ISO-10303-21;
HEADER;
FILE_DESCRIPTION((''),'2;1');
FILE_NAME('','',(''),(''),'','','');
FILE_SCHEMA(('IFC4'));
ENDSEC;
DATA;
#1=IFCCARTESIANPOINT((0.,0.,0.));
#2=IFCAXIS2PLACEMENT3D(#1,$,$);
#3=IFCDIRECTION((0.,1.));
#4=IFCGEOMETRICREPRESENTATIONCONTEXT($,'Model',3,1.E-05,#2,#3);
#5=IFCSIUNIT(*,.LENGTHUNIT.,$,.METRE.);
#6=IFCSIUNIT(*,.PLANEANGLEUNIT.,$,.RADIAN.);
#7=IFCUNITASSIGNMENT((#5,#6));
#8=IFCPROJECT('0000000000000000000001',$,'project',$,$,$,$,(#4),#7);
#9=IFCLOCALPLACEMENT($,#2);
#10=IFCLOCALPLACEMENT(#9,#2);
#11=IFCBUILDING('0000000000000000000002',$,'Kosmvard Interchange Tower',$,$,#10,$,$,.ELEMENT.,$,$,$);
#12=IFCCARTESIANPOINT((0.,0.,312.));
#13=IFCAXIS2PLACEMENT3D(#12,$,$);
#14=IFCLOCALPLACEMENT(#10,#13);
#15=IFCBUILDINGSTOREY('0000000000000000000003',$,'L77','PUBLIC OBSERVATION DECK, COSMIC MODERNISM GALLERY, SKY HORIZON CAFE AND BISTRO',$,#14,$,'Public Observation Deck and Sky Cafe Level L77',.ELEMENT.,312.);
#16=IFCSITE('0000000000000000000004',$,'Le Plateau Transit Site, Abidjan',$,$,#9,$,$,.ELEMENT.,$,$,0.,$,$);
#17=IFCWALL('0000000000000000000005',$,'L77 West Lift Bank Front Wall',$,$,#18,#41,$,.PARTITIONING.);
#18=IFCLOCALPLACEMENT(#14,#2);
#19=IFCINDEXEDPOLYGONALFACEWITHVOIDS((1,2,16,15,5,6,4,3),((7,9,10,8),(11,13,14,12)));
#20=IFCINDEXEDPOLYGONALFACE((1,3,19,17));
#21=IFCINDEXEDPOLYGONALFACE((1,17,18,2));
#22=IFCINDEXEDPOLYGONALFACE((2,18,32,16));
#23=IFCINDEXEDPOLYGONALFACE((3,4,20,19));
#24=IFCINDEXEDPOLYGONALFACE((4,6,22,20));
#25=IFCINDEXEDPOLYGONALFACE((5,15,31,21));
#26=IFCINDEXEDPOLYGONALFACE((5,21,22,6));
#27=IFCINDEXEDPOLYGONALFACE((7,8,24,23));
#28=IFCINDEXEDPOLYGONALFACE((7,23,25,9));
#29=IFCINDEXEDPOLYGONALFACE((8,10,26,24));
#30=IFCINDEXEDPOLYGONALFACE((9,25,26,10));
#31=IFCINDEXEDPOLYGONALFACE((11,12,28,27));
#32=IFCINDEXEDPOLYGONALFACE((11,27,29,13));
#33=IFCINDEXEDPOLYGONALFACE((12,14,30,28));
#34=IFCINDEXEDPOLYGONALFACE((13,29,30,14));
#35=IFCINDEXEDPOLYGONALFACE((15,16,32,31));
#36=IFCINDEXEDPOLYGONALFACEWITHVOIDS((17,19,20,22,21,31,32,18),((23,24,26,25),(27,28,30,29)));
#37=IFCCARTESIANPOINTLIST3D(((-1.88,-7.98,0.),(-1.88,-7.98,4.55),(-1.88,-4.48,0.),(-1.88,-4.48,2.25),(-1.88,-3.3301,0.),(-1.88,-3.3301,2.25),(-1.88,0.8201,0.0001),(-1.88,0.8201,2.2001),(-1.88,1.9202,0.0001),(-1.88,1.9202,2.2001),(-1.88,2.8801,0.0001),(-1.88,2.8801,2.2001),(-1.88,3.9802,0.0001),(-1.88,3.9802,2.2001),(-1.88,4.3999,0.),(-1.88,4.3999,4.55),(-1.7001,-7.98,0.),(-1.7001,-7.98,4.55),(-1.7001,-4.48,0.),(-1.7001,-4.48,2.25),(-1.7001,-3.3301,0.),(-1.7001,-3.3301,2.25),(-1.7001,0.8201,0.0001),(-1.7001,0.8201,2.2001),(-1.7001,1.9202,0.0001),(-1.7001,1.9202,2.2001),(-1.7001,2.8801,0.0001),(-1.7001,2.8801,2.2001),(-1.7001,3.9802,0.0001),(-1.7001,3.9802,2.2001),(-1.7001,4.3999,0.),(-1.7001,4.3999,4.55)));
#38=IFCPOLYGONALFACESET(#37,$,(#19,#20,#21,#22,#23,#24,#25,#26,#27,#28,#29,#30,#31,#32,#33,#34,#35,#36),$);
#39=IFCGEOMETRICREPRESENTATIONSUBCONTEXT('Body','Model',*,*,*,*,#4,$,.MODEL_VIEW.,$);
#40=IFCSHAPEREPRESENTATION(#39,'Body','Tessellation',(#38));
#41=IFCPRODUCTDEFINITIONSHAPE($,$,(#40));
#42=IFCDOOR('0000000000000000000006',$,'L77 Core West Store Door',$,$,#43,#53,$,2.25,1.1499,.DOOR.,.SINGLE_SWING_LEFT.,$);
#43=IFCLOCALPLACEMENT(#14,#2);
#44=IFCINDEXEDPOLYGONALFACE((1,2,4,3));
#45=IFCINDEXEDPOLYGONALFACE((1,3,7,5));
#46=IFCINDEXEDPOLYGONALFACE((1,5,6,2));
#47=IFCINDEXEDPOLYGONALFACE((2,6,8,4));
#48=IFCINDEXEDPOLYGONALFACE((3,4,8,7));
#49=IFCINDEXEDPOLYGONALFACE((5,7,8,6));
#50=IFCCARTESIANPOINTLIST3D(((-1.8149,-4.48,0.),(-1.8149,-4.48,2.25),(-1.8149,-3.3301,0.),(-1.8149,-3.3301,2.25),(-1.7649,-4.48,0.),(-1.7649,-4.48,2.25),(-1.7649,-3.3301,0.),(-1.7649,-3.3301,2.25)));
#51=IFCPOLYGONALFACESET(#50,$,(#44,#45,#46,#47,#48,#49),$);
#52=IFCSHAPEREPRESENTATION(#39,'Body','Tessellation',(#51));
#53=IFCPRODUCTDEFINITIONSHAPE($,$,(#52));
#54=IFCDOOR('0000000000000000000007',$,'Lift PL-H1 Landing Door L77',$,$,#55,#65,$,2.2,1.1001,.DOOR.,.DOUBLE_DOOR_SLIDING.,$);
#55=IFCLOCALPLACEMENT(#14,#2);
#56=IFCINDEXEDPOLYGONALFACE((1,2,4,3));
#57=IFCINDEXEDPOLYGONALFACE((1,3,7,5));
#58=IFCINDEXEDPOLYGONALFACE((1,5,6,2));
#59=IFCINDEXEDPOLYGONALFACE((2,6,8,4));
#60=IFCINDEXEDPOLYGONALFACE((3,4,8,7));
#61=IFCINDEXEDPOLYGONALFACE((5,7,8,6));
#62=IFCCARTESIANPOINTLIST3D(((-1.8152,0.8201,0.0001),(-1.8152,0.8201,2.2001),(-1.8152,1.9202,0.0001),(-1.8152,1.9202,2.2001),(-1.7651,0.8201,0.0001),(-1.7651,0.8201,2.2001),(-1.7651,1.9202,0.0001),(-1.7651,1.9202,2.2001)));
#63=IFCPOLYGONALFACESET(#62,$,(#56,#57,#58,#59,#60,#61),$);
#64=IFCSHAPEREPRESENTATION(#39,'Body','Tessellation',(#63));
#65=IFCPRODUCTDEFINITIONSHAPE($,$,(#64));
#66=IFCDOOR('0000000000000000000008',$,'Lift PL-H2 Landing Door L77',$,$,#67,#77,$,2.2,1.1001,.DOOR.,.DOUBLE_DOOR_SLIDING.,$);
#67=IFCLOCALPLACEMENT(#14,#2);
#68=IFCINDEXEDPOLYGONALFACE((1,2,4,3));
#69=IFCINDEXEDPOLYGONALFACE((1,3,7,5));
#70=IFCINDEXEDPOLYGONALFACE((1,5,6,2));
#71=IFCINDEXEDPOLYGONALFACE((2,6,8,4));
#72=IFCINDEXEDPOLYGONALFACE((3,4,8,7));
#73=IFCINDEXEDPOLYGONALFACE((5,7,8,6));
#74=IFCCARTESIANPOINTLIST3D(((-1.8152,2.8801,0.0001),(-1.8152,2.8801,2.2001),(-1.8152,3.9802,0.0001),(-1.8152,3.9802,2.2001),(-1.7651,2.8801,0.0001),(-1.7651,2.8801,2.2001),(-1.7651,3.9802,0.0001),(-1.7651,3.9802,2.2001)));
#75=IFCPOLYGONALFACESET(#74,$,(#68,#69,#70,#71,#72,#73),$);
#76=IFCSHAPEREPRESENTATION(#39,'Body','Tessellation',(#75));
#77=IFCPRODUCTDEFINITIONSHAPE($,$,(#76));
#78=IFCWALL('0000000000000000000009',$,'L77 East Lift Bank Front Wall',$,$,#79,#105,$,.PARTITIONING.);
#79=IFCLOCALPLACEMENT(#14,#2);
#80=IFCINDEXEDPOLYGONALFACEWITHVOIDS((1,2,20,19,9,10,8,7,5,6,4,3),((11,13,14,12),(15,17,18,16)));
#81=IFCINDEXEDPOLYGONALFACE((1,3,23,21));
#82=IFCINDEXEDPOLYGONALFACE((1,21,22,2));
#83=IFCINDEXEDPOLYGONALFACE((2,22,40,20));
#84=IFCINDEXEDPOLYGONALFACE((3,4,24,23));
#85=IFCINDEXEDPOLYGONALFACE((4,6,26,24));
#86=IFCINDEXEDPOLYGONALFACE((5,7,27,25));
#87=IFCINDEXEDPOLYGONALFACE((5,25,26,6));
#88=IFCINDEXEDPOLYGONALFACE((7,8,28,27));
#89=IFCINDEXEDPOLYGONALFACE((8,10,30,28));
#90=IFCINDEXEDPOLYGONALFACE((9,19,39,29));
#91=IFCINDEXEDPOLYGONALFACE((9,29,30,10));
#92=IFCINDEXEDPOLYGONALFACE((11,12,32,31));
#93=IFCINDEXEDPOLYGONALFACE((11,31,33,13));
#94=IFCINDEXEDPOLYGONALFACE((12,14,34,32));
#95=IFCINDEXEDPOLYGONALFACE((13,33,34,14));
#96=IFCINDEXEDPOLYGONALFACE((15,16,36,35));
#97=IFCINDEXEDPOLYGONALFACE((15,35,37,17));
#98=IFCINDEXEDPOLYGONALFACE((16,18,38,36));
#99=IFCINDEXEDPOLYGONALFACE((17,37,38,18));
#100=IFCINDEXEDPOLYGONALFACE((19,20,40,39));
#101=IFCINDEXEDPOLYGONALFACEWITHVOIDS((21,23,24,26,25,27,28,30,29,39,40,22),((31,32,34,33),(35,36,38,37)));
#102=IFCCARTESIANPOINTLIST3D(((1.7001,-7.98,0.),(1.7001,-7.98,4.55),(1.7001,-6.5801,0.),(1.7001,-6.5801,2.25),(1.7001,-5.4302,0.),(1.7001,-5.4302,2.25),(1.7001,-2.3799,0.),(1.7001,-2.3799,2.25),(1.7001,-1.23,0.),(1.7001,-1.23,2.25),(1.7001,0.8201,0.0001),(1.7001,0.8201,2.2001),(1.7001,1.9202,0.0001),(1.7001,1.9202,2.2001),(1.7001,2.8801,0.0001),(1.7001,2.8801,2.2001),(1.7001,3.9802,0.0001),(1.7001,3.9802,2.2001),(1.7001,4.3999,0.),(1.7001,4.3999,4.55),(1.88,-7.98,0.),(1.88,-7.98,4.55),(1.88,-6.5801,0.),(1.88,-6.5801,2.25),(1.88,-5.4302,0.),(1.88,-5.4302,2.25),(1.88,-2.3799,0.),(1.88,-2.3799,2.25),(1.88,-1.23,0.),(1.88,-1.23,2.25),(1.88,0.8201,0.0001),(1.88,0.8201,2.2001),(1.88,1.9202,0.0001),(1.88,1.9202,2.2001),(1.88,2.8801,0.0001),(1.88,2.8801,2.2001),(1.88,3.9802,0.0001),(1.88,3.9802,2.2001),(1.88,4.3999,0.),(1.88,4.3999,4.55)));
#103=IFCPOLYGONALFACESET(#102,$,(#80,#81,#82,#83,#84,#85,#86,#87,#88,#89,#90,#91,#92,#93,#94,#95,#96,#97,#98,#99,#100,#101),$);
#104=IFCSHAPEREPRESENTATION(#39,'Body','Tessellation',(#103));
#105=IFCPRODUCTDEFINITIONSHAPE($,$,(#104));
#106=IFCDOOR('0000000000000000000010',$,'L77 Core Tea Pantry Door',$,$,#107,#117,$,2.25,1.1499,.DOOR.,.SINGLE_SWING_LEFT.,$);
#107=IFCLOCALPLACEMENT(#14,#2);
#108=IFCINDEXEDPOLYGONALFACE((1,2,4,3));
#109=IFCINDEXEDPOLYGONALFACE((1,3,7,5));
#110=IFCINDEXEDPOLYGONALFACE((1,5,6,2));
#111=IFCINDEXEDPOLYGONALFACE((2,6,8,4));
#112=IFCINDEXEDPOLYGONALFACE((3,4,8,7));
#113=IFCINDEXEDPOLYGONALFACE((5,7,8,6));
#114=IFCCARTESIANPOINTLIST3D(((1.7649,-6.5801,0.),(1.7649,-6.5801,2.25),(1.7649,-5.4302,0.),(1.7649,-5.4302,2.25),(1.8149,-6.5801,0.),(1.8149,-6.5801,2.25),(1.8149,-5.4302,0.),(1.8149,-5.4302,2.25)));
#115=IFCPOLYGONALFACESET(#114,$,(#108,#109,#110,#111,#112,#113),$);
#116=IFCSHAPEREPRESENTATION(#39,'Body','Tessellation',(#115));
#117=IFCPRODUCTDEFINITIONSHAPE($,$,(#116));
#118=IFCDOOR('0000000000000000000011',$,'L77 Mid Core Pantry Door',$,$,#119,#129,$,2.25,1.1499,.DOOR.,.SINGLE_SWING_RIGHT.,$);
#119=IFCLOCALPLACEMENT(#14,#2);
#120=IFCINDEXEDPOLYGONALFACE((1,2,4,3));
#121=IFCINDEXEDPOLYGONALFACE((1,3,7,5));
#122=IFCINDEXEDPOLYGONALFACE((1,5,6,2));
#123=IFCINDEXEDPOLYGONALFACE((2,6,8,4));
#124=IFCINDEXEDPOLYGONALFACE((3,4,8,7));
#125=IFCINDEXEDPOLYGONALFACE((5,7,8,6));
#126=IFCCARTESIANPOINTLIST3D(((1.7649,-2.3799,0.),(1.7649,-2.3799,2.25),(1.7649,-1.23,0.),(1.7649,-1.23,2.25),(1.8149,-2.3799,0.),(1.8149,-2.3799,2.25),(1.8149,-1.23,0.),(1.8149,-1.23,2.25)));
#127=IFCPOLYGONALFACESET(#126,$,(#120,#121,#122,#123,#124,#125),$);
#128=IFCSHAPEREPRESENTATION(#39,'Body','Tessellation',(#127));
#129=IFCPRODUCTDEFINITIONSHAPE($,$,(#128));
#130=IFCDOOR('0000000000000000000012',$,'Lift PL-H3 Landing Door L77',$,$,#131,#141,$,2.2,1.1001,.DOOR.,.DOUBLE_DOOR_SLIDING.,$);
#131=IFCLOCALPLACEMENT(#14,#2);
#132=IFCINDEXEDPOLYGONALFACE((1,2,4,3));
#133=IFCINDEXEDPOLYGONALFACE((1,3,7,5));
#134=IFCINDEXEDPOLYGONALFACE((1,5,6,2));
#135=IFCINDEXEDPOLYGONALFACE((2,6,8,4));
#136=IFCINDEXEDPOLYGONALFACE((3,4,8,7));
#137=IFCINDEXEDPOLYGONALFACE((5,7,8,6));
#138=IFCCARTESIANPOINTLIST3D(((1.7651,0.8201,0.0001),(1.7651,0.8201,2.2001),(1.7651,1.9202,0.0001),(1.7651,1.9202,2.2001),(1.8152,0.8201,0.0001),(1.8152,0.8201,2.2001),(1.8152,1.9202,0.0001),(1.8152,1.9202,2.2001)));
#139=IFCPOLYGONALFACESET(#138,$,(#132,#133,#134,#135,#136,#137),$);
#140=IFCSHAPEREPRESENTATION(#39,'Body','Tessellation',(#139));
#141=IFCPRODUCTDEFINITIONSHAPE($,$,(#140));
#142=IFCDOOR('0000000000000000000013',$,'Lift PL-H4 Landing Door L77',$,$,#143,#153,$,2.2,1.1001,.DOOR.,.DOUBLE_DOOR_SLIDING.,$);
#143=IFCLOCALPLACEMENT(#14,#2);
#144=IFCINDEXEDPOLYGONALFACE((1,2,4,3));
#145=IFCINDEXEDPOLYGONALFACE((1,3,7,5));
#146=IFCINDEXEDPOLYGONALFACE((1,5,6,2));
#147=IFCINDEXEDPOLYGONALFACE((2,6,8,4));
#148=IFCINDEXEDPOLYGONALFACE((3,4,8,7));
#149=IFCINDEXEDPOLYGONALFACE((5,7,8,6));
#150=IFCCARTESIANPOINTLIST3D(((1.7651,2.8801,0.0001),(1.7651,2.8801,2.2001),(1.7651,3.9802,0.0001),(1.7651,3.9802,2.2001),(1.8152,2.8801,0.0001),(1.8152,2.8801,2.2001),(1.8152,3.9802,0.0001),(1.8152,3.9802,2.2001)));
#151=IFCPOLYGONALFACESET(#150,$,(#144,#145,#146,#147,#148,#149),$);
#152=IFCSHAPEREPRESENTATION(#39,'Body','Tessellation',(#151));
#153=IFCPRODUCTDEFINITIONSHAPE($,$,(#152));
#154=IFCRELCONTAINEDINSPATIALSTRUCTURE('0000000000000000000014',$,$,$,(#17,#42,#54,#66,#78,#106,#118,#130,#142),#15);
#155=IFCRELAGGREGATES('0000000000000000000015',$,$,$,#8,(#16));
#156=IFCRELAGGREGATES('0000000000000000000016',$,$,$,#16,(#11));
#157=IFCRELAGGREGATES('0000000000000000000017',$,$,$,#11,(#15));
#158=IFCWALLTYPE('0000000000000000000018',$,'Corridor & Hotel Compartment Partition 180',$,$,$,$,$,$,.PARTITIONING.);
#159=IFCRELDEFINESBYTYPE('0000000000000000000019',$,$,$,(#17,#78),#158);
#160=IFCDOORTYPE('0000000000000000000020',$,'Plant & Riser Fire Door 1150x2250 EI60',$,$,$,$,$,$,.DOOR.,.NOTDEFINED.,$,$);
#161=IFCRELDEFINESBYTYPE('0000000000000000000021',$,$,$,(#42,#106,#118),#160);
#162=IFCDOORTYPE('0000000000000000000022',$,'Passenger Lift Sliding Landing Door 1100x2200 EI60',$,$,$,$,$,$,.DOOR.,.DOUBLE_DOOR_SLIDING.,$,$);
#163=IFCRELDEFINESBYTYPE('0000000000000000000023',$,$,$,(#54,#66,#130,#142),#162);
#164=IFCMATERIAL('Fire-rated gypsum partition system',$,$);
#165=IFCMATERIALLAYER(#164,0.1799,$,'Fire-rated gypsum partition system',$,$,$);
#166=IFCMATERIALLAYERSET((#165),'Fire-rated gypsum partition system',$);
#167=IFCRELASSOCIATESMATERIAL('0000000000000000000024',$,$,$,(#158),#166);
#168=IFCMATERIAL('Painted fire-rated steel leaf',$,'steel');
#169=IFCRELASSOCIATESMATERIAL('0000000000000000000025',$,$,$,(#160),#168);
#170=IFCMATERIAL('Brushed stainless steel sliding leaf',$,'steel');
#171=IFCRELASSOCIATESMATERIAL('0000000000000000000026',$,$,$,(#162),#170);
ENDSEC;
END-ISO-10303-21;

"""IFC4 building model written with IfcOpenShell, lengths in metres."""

from ifc_helpers import new_model, si_unit, direction, frame, frame_2d, origin, place, context, subcontext, project, spatial, rectangle, extrude, source, transform, mapped, material, layer, layer_set, type_object, element, fill, save


model = new_model("IFC4")

# Units and contexts
model_context = context("Model", 3, precision=1e-05, world=origin(), true_north=direction((0.0, 1.0)))
body_context = subcontext(model_context, "Body", "Model", "MODEL_VIEW")
ifc_project = project(units=[si_unit("LENGTHUNIT", "METRE"), si_unit("PLANEANGLEUNIT", "RADIAN")], contexts=[model_context])

# Site, building, storey
site_placement = place(None, origin())
site = spatial("IfcSite", under=ifc_project, at=site_placement, Name="Le Plateau Transit Site, Abidjan", CompositionType="ELEMENT", RefElevation=0.0)
building_placement = place(site_placement, origin())
building = spatial("IfcBuilding", under=site, at=building_placement, Name="Kosmvard Interchange Tower", CompositionType="ELEMENT")
storey_placement = place(building_placement, frame((0.0, 0.0, 312.0)))
storey = spatial("IfcBuildingStorey", under=building, at=storey_placement, Name="L77", Description="PUBLIC OBSERVATION DECK, COSMIC MODERNISM GALLERY, SKY HORIZON CAFE AND BISTRO", LongName="Public Observation Deck and Sky Cafe Level L77", CompositionType="ELEMENT", Elevation=312.0)

# Walls, openings, doors
ifc_material_1 = material(Name="Fire-rated gypsum partition system")
ifc_layer_1 = layer(ifc_material_1, 0.1799, Name="Fire-rated gypsum partition system")
ifc_layer_set_1 = layer_set([ifc_layer_1], Name="Fire-rated gypsum partition system")
wall_type_1 = type_object("IfcWallType", Name="Corridor & Hotel Compartment Partition 180", PredefinedType="PARTITIONING", material=ifc_layer_set_1)
wall_1_placement = place(storey_placement, frame((-1.79, -7.98, 0.0), z_axis=(0.0, 0.0, 1.0), x_axis=(0.0, 1.0, 0.0)))
wall_1 = element("IfcWall", 1, at=wall_1_placement, inside=storey, type_object=wall_type_1, Name="L77 West Lift Bank Front Wall", PredefinedType="PARTITIONING", context=body_context, shape_type="SweptSolid", body=[
    extrude(rectangle(XDim=12.3799, YDim=0.1799, at=frame_2d((6.1899, 0.0))), origin(), (0.0, 0.0, 1.0), 4.55),
])
opening_1_placement = place(wall_1_placement, frame((8.8, 0.0, 0.0)))
opening_1 = element("IfcOpeningElement", 2, at=opening_1_placement, cuts=wall_1, PredefinedType="OPENING", context=body_context, shape_type="SweptSolid", body=[
    extrude(rectangle(XDim=1.1001, YDim=2.2, at=frame_2d((0.55, 1.1001))), frame((0.0, 0.1001, 0.0), z_axis=(0.0, -1.0, 0.0), x_axis=(1.0, 0.0, 0.0)), (0.0, 0.0, 1.0), 0.2),
])
opening_2_placement = place(wall_1_placement, frame((10.8601, 0.0, 0.0)))
opening_2 = element("IfcOpeningElement", 3, at=opening_2_placement, cuts=wall_1, PredefinedType="OPENING", context=body_context, shape_type="SweptSolid", body=[
    extrude(rectangle(XDim=1.1001, YDim=2.2, at=frame_2d((0.55, 1.1001))), frame((0.0, 0.1001, 0.0), z_axis=(0.0, -1.0, 0.0), x_axis=(1.0, 0.0, 0.0)), (0.0, 0.0, 1.0), 0.2),
])
opening_3_placement = place(wall_1_placement, frame((3.5, 0.0, 0.0)))
opening_3 = element("IfcOpeningElement", 4, at=opening_3_placement, cuts=wall_1, PredefinedType="OPENING", context=body_context, shape_type="SweptSolid", body=[
    extrude(rectangle(XDim=1.1499, YDim=2.25, at=frame_2d((0.575, 1.125))), frame((0.0, 0.1001, 0.0), z_axis=(0.0, -1.0, 0.0), x_axis=(1.0, 0.0, 0.0)), (0.0, 0.0, 1.0), 0.2),
])
ifc_material_2 = material(Name="Painted fire-rated steel leaf", Category="steel")
door_type_1 = type_object("IfcDoorType", Name="Plant & Riser Fire Door 1150x2250 EI60", OperationType="NOTDEFINED", PredefinedType="DOOR", material=ifc_material_2)
shared_shape_1 = source(origin(), body_context, "Body", "SweptSolid", [
    extrude(rectangle(XDim=1.1499, YDim=2.25, at=frame_2d((0.575, 1.125))), frame((0.0, 0.0249, 0.0), z_axis=(0.0, -1.0, 0.0), x_axis=(1.0, 0.0, 0.0)), (0.0, 0.0, 1.0), 0.05),
])
door_1_placement = place(opening_3_placement, origin())
door_1 = element("IfcDoor", 5, at=door_1_placement, inside=storey, type_object=door_type_1, Name="L77 Core West Store Door", OperationType="SINGLE_SWING_LEFT", OverallHeight=2.25, OverallWidth=1.1499, PredefinedType="DOOR", context=body_context, shape_type="MappedRepresentation", body=[
    mapped(shared_shape_1, transform((0.0, 0.0, 0.0), scale=1.0)),
])
fill(opening_3, door_1)
ifc_material_3 = material(Name="Brushed stainless steel sliding leaf", Category="steel")
door_type_2 = type_object("IfcDoorType", Name="Passenger Lift Sliding Landing Door 1100x2200 EI60", OperationType="DOUBLE_DOOR_SLIDING", PredefinedType="DOOR", material=ifc_material_3)
shared_shape_2 = source(origin(), body_context, "Body", "SweptSolid", [
    extrude(rectangle(XDim=1.1001, YDim=2.2, at=frame_2d((0.55, 1.1001))), frame((0.0, 0.0249, 0.0), z_axis=(0.0, -1.0, 0.0), x_axis=(1.0, 0.0, 0.0)), (0.0, 0.0, 1.0), 0.05),
])
door_2_placement = place(opening_1_placement, frame((1.1001, 0.0, 0.0), z_axis=(0.0, 0.0, 1.0), x_axis=(-1.0, 0.0, 0.0)))
door_2 = element("IfcDoor", 6, at=door_2_placement, inside=storey, type_object=door_type_2, Name="Lift PL-H1 Landing Door L77", OperationType="DOUBLE_DOOR_SLIDING", OverallHeight=2.2, OverallWidth=1.1001, PredefinedType="DOOR", context=body_context, shape_type="MappedRepresentation", body=[
    mapped(shared_shape_2, transform((0.0, 0.0, 0.0), scale=1.0)),
])
fill(opening_1, door_2)
door_3_placement = place(opening_2_placement, frame((1.1001, 0.0, 0.0), z_axis=(0.0, 0.0, 1.0), x_axis=(-1.0, 0.0, 0.0)))
door_3 = element("IfcDoor", 7, at=door_3_placement, inside=storey, type_object=door_type_2, Name="Lift PL-H2 Landing Door L77", OperationType="DOUBLE_DOOR_SLIDING", OverallHeight=2.2, OverallWidth=1.1001, PredefinedType="DOOR", context=body_context, shape_type="MappedRepresentation", body=[
    mapped(shared_shape_2, transform((0.0, 0.0, 0.0), scale=1.0)),
])
fill(opening_2, door_3)
wall_2_placement = place(storey_placement, frame((1.79, -7.98, 0.0), z_axis=(0.0, 0.0, 1.0), x_axis=(0.0, 1.0, 0.0)))
wall_2 = element("IfcWall", 8, at=wall_2_placement, inside=storey, type_object=wall_type_1, Name="L77 East Lift Bank Front Wall", PredefinedType="PARTITIONING", context=body_context, shape_type="SweptSolid", body=[
    extrude(rectangle(XDim=12.3799, YDim=0.1799, at=frame_2d((6.1899, 0.0))), origin(), (0.0, 0.0, 1.0), 4.55),
])
opening_4_placement = place(wall_2_placement, frame((8.8, 0.0, 0.0)))
opening_4 = element("IfcOpeningElement", 9, at=opening_4_placement, cuts=wall_2, PredefinedType="OPENING", context=body_context, shape_type="SweptSolid", body=[
    extrude(rectangle(XDim=1.1001, YDim=2.2, at=frame_2d((0.55, 1.1001))), frame((0.0, 0.1001, 0.0), z_axis=(0.0, -1.0, 0.0), x_axis=(1.0, 0.0, 0.0)), (0.0, 0.0, 1.0), 0.2),
])
opening_5_placement = place(wall_2_placement, frame((10.8601, 0.0, 0.0)))
opening_5 = element("IfcOpeningElement", 10, at=opening_5_placement, cuts=wall_2, PredefinedType="OPENING", context=body_context, shape_type="SweptSolid", body=[
    extrude(rectangle(XDim=1.1001, YDim=2.2, at=frame_2d((0.55, 1.1001))), frame((0.0, 0.1001, 0.0), z_axis=(0.0, -1.0, 0.0), x_axis=(1.0, 0.0, 0.0)), (0.0, 0.0, 1.0), 0.2),
])
opening_6_placement = place(wall_2_placement, frame((1.3999, 0.0, 0.0)))
opening_6 = element("IfcOpeningElement", 11, at=opening_6_placement, cuts=wall_2, PredefinedType="OPENING", context=body_context, shape_type="SweptSolid", body=[
    extrude(rectangle(XDim=1.1499, YDim=2.25, at=frame_2d((0.575, 1.125))), frame((0.0, 0.1001, 0.0), z_axis=(0.0, -1.0, 0.0), x_axis=(1.0, 0.0, 0.0)), (0.0, 0.0, 1.0), 0.2),
])
opening_7_placement = place(wall_2_placement, frame((5.6001, 0.0, 0.0)))
opening_7 = element("IfcOpeningElement", 12, at=opening_7_placement, cuts=wall_2, PredefinedType="OPENING", context=body_context, shape_type="SweptSolid", body=[
    extrude(rectangle(XDim=1.1499, YDim=2.25, at=frame_2d((0.575, 1.125))), frame((0.0, 0.1001, 0.0), z_axis=(0.0, -1.0, 0.0), x_axis=(1.0, 0.0, 0.0)), (0.0, 0.0, 1.0), 0.2),
])
door_4_placement = place(opening_6_placement, frame((1.1499, 0.0, 0.0), z_axis=(0.0, 0.0, 1.0), x_axis=(-1.0, 0.0, 0.0)))
door_4 = element("IfcDoor", 13, at=door_4_placement, inside=storey, type_object=door_type_1, Name="L77 Core Tea Pantry Door", OperationType="SINGLE_SWING_LEFT", OverallHeight=2.25, OverallWidth=1.1499, PredefinedType="DOOR", context=body_context, shape_type="MappedRepresentation", body=[
    mapped(shared_shape_1, transform((0.0, 0.0, 0.0), scale=1.0)),
])
fill(opening_6, door_4)
door_5_placement = place(opening_7_placement, frame((1.1499, 0.0, 0.0), z_axis=(0.0, 0.0, 1.0), x_axis=(-1.0, 0.0, 0.0)))
door_5 = element("IfcDoor", 14, at=door_5_placement, inside=storey, type_object=door_type_1, Name="L77 Mid Core Pantry Door", OperationType="SINGLE_SWING_RIGHT", OverallHeight=2.25, OverallWidth=1.1499, PredefinedType="DOOR", context=body_context, shape_type="MappedRepresentation", body=[
    mapped(shared_shape_1, transform((0.0, 0.0, 0.0), scale=1.0)),
])
fill(opening_7, door_5)
door_6_placement = place(opening_4_placement, origin())
door_6 = element("IfcDoor", 15, at=door_6_placement, inside=storey, type_object=door_type_2, Name="Lift PL-H3 Landing Door L77", OperationType="DOUBLE_DOOR_SLIDING", OverallHeight=2.2, OverallWidth=1.1001, PredefinedType="DOOR", context=body_context, shape_type="MappedRepresentation", body=[
    mapped(shared_shape_2, transform((0.0, 0.0, 0.0), scale=1.0)),
])
fill(opening_4, door_6)
door_7_placement = place(opening_5_placement, origin())
door_7 = element("IfcDoor", 16, at=door_7_placement, inside=storey, type_object=door_type_2, Name="Lift PL-H4 Landing Door L77", OperationType="DOUBLE_DOOR_SLIDING", OverallHeight=2.2, OverallWidth=1.1001, PredefinedType="DOOR", context=body_context, shape_type="MappedRepresentation", body=[
    mapped(shared_shape_2, transform((0.0, 0.0, 0.0), scale=1.0)),
])
fill(opening_5, door_7)

save(model, "model.ifc")
